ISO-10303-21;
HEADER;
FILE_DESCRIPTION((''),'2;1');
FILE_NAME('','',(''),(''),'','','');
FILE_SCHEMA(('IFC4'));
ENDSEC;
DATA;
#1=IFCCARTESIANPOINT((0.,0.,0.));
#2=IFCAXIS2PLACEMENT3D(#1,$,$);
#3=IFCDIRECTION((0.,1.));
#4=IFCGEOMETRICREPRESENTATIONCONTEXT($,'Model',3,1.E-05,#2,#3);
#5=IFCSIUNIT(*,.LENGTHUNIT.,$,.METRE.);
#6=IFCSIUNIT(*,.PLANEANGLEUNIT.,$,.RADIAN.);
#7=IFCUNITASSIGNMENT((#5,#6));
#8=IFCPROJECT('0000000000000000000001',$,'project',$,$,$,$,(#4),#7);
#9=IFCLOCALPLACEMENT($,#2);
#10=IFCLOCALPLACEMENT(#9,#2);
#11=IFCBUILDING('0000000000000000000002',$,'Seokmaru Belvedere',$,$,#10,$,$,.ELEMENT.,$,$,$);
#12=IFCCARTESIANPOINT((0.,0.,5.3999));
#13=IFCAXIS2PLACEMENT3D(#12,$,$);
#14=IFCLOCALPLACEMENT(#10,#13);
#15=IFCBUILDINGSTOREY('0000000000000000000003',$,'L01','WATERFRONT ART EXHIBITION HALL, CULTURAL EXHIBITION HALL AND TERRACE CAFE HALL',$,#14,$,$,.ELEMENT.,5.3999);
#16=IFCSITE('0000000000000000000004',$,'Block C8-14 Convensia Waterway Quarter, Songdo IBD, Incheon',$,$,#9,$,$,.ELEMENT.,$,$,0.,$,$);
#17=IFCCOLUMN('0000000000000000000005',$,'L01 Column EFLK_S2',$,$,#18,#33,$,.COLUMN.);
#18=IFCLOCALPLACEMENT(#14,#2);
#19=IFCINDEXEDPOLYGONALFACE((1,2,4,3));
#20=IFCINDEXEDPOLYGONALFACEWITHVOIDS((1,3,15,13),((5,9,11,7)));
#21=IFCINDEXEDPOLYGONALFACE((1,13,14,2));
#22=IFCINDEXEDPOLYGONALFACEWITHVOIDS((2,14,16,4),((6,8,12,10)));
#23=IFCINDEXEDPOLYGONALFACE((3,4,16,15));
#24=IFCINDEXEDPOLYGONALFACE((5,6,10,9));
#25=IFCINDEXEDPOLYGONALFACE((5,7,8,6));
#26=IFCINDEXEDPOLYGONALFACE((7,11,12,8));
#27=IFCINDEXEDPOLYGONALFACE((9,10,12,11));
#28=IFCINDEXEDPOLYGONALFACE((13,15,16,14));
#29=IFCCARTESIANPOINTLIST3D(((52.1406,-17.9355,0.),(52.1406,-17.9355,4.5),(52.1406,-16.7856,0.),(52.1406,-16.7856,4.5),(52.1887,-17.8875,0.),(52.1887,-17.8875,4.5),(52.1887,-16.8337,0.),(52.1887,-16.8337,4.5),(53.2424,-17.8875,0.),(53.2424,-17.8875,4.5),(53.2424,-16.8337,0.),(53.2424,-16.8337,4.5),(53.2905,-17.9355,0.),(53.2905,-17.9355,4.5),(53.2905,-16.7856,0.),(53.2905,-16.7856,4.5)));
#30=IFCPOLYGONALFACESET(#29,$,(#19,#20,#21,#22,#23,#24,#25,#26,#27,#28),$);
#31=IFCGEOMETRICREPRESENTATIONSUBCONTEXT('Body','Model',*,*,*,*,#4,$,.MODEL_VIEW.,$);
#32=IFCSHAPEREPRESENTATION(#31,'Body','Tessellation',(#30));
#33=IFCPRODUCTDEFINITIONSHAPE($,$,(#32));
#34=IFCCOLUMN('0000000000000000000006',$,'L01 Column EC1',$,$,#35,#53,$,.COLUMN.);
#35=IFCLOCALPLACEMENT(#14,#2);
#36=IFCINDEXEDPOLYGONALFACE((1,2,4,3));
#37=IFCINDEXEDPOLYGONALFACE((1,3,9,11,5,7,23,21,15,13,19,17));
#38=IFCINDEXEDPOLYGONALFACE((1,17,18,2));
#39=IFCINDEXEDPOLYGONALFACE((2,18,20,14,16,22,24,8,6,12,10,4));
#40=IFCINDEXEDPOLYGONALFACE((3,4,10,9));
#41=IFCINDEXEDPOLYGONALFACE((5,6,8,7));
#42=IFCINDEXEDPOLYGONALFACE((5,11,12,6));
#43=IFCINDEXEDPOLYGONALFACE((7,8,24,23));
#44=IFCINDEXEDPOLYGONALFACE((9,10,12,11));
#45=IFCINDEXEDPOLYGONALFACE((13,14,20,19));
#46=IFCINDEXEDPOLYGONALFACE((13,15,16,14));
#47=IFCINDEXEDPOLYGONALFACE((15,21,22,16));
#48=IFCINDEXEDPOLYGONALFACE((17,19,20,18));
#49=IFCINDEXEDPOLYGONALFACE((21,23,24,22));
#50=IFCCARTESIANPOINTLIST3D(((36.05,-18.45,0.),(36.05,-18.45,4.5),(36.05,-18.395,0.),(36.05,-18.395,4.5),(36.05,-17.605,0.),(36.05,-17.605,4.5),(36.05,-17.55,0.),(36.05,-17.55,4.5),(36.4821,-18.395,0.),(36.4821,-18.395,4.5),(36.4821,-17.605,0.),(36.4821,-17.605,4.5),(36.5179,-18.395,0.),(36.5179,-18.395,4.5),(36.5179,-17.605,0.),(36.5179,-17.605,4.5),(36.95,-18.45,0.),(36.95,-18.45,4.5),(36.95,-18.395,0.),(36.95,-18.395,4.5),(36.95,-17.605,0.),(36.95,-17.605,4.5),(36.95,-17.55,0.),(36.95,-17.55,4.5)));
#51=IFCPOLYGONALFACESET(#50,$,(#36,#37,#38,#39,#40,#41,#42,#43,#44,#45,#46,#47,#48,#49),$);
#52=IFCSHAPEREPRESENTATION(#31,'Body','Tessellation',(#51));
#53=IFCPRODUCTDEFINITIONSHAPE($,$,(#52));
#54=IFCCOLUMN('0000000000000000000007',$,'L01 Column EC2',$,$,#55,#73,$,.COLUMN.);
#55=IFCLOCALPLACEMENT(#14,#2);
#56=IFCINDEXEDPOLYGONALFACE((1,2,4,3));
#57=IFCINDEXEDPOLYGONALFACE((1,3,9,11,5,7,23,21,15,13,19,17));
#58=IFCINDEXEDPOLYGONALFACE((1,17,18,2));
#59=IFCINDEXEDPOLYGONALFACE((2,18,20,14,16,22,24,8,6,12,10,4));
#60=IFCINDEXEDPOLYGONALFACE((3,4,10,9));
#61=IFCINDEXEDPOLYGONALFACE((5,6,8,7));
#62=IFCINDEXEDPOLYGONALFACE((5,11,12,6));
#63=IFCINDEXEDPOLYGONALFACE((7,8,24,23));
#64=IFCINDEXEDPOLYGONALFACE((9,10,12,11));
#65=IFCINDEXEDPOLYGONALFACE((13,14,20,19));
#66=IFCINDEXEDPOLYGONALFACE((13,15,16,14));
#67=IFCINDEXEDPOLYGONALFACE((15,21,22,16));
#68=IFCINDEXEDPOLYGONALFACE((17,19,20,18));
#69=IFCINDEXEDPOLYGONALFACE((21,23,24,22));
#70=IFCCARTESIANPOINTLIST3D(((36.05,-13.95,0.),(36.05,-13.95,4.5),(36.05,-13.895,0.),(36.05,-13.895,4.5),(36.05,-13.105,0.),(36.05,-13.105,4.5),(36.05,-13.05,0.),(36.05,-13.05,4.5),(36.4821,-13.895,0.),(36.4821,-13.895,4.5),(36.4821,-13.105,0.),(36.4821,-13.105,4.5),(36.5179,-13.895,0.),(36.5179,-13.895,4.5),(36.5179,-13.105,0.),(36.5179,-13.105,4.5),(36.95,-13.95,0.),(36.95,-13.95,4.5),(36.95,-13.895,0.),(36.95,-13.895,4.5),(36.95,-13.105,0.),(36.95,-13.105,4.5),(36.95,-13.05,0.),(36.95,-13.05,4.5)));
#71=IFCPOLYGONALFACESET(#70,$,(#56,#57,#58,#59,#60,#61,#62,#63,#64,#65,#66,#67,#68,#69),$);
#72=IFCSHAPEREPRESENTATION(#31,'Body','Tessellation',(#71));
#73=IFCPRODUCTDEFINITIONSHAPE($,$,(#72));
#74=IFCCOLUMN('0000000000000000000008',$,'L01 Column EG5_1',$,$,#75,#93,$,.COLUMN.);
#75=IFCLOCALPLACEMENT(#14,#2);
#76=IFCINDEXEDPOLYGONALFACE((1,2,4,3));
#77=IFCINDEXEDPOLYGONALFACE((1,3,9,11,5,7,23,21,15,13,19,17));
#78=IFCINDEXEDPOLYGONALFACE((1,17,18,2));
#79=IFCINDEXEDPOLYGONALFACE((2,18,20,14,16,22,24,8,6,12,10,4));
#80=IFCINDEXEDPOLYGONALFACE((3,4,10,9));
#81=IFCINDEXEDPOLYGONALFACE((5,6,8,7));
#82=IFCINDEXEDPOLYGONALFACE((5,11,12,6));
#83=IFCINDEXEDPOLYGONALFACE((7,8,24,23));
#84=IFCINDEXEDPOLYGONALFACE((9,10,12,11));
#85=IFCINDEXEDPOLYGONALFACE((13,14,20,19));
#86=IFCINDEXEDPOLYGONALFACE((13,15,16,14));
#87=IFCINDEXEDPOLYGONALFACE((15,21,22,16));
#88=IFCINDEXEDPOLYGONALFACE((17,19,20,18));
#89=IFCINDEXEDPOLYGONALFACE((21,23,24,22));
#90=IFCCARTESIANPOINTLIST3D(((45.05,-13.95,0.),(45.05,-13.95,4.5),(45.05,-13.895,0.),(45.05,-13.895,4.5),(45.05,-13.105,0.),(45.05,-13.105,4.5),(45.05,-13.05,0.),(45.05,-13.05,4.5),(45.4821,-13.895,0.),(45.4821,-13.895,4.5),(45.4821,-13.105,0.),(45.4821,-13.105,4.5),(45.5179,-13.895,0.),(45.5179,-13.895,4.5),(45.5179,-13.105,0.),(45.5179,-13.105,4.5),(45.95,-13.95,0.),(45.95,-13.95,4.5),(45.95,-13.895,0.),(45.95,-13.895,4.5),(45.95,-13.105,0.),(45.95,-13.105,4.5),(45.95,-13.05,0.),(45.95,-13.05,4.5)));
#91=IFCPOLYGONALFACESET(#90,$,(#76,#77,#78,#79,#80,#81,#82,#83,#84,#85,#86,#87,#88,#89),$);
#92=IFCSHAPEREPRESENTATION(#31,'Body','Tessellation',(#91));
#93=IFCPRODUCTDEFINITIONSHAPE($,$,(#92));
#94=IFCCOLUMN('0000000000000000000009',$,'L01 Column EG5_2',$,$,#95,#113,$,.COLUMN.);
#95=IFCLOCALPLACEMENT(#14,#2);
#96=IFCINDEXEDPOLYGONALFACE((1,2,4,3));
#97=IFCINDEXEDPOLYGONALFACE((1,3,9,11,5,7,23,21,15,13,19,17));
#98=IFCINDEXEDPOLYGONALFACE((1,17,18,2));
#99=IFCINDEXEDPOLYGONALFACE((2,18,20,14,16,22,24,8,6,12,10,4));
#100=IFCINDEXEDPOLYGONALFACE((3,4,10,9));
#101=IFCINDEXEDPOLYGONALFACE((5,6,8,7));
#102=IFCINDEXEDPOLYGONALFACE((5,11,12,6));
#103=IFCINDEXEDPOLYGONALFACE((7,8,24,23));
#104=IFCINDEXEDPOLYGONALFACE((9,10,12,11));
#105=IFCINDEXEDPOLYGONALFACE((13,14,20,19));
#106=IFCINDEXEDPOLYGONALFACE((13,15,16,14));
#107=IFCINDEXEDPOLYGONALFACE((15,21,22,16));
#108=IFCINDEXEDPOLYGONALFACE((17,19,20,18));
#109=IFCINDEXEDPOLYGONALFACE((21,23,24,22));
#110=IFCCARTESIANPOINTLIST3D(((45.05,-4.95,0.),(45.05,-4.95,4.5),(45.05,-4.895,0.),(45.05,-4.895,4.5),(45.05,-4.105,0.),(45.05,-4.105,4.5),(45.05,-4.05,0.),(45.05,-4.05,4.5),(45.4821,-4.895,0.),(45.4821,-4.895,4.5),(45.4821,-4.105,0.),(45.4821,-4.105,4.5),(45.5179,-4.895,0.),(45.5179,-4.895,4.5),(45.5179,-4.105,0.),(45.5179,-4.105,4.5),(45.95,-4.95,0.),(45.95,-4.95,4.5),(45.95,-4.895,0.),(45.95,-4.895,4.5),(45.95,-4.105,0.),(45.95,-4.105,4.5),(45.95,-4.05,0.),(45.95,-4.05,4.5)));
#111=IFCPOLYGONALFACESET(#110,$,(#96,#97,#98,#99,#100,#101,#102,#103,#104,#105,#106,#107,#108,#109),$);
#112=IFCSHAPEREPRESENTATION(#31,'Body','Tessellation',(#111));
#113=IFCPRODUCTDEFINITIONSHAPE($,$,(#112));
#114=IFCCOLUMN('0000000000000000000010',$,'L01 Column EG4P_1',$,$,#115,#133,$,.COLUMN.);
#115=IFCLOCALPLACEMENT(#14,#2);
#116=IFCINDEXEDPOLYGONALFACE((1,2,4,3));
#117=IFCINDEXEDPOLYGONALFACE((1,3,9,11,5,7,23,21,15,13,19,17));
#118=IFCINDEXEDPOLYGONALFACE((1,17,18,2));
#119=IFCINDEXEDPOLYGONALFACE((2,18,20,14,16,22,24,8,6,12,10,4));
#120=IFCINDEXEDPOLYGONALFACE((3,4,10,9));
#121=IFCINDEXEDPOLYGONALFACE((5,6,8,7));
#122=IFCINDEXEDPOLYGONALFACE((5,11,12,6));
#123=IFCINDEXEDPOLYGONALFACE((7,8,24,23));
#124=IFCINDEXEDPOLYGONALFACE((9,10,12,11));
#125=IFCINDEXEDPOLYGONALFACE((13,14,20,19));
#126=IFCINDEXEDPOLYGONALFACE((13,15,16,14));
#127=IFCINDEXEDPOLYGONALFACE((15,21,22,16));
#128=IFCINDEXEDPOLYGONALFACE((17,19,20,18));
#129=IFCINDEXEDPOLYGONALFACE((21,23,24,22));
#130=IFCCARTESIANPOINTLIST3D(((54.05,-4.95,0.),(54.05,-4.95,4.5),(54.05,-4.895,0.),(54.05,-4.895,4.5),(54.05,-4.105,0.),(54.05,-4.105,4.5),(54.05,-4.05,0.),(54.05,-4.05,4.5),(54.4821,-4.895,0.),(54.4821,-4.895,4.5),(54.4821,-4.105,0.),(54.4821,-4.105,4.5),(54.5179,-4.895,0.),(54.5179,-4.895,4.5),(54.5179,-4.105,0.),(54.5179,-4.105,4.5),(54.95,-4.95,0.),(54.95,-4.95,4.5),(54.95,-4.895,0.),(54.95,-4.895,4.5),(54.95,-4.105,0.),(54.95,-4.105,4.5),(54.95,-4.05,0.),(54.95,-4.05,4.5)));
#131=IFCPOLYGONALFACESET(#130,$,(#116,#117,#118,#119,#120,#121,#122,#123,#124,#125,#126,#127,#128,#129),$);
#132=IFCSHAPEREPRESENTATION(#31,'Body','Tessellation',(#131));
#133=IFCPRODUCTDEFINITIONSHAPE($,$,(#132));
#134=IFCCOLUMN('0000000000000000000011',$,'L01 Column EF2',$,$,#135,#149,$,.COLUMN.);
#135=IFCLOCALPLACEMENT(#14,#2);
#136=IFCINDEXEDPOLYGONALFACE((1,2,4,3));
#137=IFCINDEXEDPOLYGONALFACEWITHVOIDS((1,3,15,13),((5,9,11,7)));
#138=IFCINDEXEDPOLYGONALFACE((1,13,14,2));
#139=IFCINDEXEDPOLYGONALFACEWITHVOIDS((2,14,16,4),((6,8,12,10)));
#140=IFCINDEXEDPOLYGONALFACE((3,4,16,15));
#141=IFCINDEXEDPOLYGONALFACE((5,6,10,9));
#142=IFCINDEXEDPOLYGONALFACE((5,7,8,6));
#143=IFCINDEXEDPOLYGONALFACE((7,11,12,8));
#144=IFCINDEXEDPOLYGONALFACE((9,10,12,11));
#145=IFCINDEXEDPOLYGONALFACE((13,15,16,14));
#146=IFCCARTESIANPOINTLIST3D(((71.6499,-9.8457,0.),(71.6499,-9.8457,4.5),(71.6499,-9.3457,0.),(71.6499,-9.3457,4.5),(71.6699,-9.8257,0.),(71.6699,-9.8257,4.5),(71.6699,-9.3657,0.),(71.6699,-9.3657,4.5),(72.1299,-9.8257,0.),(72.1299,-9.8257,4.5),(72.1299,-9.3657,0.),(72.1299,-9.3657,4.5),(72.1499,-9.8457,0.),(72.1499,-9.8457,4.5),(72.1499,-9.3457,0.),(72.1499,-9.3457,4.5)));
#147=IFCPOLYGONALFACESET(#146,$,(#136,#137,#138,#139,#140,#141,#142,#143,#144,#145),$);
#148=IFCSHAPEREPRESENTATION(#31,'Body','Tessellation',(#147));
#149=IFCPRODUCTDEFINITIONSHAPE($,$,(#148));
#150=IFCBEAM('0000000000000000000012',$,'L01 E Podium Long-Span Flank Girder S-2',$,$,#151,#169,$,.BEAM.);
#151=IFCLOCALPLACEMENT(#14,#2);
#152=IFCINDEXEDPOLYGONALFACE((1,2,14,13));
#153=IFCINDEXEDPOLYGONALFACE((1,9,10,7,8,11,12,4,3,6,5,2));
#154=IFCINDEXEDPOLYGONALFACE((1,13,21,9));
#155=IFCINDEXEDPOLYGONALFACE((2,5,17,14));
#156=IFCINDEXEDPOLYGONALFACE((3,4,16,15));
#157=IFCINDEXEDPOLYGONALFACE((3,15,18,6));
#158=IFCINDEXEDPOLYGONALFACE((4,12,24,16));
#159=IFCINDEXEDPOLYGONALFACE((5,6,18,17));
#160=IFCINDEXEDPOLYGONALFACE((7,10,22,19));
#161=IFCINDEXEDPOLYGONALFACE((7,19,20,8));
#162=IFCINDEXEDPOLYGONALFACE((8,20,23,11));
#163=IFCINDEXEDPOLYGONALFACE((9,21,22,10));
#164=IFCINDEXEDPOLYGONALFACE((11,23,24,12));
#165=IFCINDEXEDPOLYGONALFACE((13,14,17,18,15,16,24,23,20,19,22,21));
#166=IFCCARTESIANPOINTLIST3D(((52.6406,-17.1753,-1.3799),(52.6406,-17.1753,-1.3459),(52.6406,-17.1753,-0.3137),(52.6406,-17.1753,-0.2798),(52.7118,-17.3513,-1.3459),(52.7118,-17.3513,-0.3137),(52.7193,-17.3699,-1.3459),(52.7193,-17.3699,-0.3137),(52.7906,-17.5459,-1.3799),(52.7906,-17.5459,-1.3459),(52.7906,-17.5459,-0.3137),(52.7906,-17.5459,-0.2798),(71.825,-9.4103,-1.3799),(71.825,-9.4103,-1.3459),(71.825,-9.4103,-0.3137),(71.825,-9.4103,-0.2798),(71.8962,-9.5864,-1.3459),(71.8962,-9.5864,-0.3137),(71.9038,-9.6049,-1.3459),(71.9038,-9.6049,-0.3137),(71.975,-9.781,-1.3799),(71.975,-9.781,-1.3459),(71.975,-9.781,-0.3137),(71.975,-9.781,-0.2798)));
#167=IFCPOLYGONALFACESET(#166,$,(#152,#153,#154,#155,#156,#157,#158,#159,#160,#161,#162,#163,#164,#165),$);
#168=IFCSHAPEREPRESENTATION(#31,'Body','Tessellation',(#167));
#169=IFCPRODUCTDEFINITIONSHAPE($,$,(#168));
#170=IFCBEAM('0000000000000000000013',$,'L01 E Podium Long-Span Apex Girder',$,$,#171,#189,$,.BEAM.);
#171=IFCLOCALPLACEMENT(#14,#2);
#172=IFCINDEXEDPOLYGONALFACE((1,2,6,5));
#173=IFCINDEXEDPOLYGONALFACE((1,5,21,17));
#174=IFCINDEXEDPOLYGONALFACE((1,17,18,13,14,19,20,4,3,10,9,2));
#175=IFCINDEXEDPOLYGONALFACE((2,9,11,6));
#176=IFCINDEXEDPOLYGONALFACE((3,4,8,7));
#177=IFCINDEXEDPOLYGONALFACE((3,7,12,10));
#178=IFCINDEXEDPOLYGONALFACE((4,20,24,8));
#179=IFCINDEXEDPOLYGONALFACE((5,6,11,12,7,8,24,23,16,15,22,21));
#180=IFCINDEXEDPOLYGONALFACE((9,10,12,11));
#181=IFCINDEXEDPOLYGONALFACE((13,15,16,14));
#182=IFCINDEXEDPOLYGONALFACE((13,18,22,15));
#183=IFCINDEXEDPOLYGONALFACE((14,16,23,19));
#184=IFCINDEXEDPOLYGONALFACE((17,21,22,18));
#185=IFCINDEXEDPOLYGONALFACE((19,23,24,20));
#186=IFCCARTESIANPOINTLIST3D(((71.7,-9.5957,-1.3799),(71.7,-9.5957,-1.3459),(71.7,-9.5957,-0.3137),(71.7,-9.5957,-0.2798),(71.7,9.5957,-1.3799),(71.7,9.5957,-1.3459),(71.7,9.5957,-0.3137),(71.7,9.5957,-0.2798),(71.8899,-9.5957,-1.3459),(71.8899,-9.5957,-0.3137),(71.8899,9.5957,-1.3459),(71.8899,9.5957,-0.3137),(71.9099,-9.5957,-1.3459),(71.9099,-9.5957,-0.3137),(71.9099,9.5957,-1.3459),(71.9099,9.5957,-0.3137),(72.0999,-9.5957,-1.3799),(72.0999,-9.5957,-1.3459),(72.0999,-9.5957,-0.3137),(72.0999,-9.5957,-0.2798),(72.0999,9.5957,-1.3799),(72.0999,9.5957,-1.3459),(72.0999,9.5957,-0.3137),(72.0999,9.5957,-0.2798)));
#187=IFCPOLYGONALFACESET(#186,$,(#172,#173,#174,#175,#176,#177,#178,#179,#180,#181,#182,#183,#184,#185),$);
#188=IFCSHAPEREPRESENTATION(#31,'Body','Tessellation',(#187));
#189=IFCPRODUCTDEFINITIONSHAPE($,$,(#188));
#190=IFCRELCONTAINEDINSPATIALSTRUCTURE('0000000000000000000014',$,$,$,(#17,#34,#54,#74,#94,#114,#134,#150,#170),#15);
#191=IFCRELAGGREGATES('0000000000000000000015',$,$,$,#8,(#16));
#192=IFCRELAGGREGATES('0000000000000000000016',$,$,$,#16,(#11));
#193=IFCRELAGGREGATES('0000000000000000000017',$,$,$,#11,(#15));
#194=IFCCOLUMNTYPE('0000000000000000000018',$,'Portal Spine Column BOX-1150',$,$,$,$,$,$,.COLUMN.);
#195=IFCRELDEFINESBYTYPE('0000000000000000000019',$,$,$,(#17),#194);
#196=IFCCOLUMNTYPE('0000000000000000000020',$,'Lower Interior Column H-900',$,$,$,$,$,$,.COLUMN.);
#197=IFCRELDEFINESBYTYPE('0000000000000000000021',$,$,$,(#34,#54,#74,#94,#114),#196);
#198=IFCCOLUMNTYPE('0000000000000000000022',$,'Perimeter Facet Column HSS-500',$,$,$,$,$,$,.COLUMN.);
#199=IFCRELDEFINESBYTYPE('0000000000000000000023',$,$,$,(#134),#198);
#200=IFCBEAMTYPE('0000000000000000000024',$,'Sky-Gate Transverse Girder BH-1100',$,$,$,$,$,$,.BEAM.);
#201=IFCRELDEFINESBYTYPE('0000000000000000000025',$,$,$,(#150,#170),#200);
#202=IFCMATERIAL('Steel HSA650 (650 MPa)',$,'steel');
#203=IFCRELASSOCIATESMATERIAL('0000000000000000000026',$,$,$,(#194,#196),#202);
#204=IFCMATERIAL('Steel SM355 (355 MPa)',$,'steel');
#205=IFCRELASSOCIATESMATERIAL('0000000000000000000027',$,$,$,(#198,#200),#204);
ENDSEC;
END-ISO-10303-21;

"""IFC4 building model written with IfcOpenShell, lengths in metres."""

from ifc_helpers import new_model, si_unit, direction, frame, origin, origin_2d, place, context, subcontext, project, spatial, hollow_rectangle, i_section, extrude, source, transform, mapped, material, material_profile, profile_set, type_object, type_shapes, element, save


model = new_model("IFC4")

# Units and contexts
model_context = context("Model", 3, precision=1e-05, world=origin(), true_north=direction((0.0, 1.0)))
body_context = subcontext(model_context, "Body", "Model", "MODEL_VIEW")
ifc_project = project(units=[si_unit("LENGTHUNIT", "METRE"), si_unit("PLANEANGLEUNIT", "RADIAN")], contexts=[model_context])

# Site, building, storey
site_placement = place(None, origin())
site = spatial("IfcSite", under=ifc_project, at=site_placement, Name="Block C8-14 Convensia Waterway Quarter, Songdo IBD, Incheon", CompositionType="ELEMENT", RefElevation=0.0)
building_placement = place(site_placement, origin())
building = spatial("IfcBuilding", under=site, at=building_placement, Name="Seokmaru Belvedere", CompositionType="ELEMENT")
storey_placement = place(building_placement, frame((0.0, 0.0, 5.3999)))
storey = spatial("IfcBuildingStorey", under=building, at=storey_placement, Name="L01", Description="WATERFRONT ART EXHIBITION HALL, CULTURAL EXHIBITION HALL AND TERRACE CAFE HALL", CompositionType="ELEMENT", Elevation=5.3999)

# Columns
ifc_material_1 = material(Name="Steel HSA650 (650 MPa)", Category="steel")
ifc_material_profile_1 = material_profile(ifc_material_1, hollow_rectangle(XDim=1.1499, YDim=1.1499, WallThickness=0.0481, at=origin_2d()), Name="BOX-1150x1150x48")
ifc_profile_set_1 = profile_set([ifc_material_profile_1], Name="Steel HSA650 (650 MPa)")
column_type_1 = type_object("IfcColumnType", Name="Portal Spine Column BOX-1150", PredefinedType="COLUMN", material=ifc_profile_set_1)
shared_shape_1 = source(origin(), body_context, "Body", "SweptSolid", [
    extrude(hollow_rectangle(XDim=1.1499, YDim=1.1499, WallThickness=0.0481, at=origin_2d()), origin(), (0.0, 0.0, 1.0), 4.5),
])
type_shapes(column_type_1, [shared_shape_1])
column_1_placement = place(storey_placement, frame((52.7156, -17.3606, 0.0), z_axis=(0.0, 0.0, 1.0), x_axis=(1.0, 0.0, 0.0)))
element("IfcColumn", 1, at=column_1_placement, inside=storey, type_object=column_type_1, Name="L01 Column EFLK_S2", PredefinedType="COLUMN", context=body_context, shape_type="MappedRepresentation", body=[
    mapped(shared_shape_1, transform((0.0, 0.0, 0.0), scale=1.0)),
])
ifc_material_profile_2 = material_profile(ifc_material_1, i_section(OverallWidth=0.8999, OverallDepth=0.8999, WebThickness=0.0359, FlangeThickness=0.0549, at=origin_2d()), Name="H-900x900x36x55")
ifc_profile_set_2 = profile_set([ifc_material_profile_2], Name="Steel HSA650 (650 MPa)")
column_type_2 = type_object("IfcColumnType", Name="Lower Interior Column H-900", PredefinedType="COLUMN", material=ifc_profile_set_2)
shared_shape_2 = source(origin(), body_context, "Body", "SweptSolid", [
    extrude(i_section(OverallWidth=0.8999, OverallDepth=0.8999, WebThickness=0.0359, FlangeThickness=0.0549, at=origin_2d()), origin(), (0.0, 0.0, 1.0), 4.5),
])
type_shapes(column_type_2, [shared_shape_2])
for number, where, z_axis, x_axis, name in (
    (2, (36.5, -18.0, 0.0), (0.0, 0.0, 1.0), (1.0, 0.0, 0.0), "L01 Column EC1"),
    (3, (36.5, -13.5, 0.0), (0.0, 0.0, 1.0), (1.0, 0.0, 0.0), "L01 Column EC2"),
    (4, (45.5, -13.5, 0.0), (0.0, 0.0, 1.0), (1.0, 0.0, 0.0), "L01 Column EG5_1"),
    (5, (45.5, -4.5, 0.0), (0.0, 0.0, 1.0), (1.0, 0.0, 0.0), "L01 Column EG5_2"),
    (6, (54.5, -4.5, 0.0), (0.0, 0.0, 1.0), (1.0, 0.0, 0.0), "L01 Column EG4P_1"),
):
    element("IfcColumn", number, at=place(storey_placement, frame(where, z_axis=z_axis, x_axis=x_axis)), inside=storey, type_object=column_type_2, Name=name, PredefinedType="COLUMN", context=body_context, shape_type="MappedRepresentation", body=[
        mapped(shared_shape_2, transform((0.0, 0.0, 0.0), scale=1.0)),
    ])
ifc_material_2 = material(Name="Steel SM355 (355 MPa)", Category="steel")
ifc_material_profile_3 = material_profile(ifc_material_2, hollow_rectangle(XDim=0.5, YDim=0.5, WallThickness=0.02, at=origin_2d()), Name="HSS-500x500x20")
ifc_profile_set_3 = profile_set([ifc_material_profile_3], Name="Steel SM355 (355 MPa)")
column_type_3 = type_object("IfcColumnType", Name="Perimeter Facet Column HSS-500", PredefinedType="COLUMN", material=ifc_profile_set_3)
shared_shape_3 = source(origin(), body_context, "Body", "SweptSolid", [
    extrude(hollow_rectangle(XDim=0.5, YDim=0.5, WallThickness=0.02, at=origin_2d()), origin(), (0.0, 0.0, 1.0), 4.5),
])
type_shapes(column_type_3, [shared_shape_3])
column_2_placement = place(storey_placement, frame((71.8999, -9.5957, 0.0), z_axis=(0.0, 0.0, 1.0), x_axis=(1.0, 0.0, 0.0)))
element("IfcColumn", 7, at=column_2_placement, inside=storey, type_object=column_type_3, Name="L01 Column EF2", PredefinedType="COLUMN", context=body_context, shape_type="MappedRepresentation", body=[
    mapped(shared_shape_3, transform((0.0, 0.0, 0.0), scale=1.0)),
])

# Beams
ifc_material_profile_4 = material_profile(ifc_material_2, i_section(OverallWidth=0.3999, OverallDepth=1.1001, WebThickness=0.02, FlangeThickness=0.0339, at=origin_2d()), Name="BH-1100x400x20x34")
ifc_profile_set_4 = profile_set([ifc_material_profile_4], Name="Steel SM355 (355 MPa)")
beam_type_1 = type_object("IfcBeamType", Name="Sky-Gate Transverse Girder BH-1100", PredefinedType="BEAM", material=ifc_profile_set_4)
shared_shape_4 = source(origin(), body_context, "Body", "SweptSolid", [
    extrude(i_section(OverallWidth=0.3999, OverallDepth=1.1001, WebThickness=0.02, FlangeThickness=0.0339, at=origin_2d()), origin(), (0.0, 0.0, 1.0), 20.6963),
])
beam_1_placement = place(storey_placement, frame((52.7156, -17.3606, -0.8298), z_axis=(0.92695, 0.375185, 0.0), x_axis=(-0.375185, 0.92695, 0.0)))
element("IfcBeam", 8, at=beam_1_placement, inside=storey, type_object=beam_type_1, Name="L01 E Podium Long-Span Flank Girder S-2", PredefinedType="BEAM", context=body_context, shape_type="MappedRepresentation", body=[
    mapped(shared_shape_4, transform((0.0, 0.0, 0.0), scale=1.0)),
])
shared_shape_5 = source(origin(), body_context, "Body", "SweptSolid", [
    extrude(i_section(OverallWidth=0.3999, OverallDepth=1.1001, WebThickness=0.02, FlangeThickness=0.0339, at=origin_2d()), origin(), (0.0, 0.0, 1.0), 19.1914),
])
type_shapes(beam_type_1, [shared_shape_4, shared_shape_5])
beam_2_placement = place(storey_placement, frame((71.8999, -9.5957, -0.8298), z_axis=(0.0, 1.0, 0.0), x_axis=(-1.0, 0.0, 0.0)))
element("IfcBeam", 9, at=beam_2_placement, inside=storey, type_object=beam_type_1, Name="L01 E Podium Long-Span Apex Girder", PredefinedType="BEAM", context=body_context, shape_type="MappedRepresentation", body=[
    mapped(shared_shape_5, transform((0.0, 0.0, 0.0), scale=1.0)),
])

save(model, "model.ifc")
